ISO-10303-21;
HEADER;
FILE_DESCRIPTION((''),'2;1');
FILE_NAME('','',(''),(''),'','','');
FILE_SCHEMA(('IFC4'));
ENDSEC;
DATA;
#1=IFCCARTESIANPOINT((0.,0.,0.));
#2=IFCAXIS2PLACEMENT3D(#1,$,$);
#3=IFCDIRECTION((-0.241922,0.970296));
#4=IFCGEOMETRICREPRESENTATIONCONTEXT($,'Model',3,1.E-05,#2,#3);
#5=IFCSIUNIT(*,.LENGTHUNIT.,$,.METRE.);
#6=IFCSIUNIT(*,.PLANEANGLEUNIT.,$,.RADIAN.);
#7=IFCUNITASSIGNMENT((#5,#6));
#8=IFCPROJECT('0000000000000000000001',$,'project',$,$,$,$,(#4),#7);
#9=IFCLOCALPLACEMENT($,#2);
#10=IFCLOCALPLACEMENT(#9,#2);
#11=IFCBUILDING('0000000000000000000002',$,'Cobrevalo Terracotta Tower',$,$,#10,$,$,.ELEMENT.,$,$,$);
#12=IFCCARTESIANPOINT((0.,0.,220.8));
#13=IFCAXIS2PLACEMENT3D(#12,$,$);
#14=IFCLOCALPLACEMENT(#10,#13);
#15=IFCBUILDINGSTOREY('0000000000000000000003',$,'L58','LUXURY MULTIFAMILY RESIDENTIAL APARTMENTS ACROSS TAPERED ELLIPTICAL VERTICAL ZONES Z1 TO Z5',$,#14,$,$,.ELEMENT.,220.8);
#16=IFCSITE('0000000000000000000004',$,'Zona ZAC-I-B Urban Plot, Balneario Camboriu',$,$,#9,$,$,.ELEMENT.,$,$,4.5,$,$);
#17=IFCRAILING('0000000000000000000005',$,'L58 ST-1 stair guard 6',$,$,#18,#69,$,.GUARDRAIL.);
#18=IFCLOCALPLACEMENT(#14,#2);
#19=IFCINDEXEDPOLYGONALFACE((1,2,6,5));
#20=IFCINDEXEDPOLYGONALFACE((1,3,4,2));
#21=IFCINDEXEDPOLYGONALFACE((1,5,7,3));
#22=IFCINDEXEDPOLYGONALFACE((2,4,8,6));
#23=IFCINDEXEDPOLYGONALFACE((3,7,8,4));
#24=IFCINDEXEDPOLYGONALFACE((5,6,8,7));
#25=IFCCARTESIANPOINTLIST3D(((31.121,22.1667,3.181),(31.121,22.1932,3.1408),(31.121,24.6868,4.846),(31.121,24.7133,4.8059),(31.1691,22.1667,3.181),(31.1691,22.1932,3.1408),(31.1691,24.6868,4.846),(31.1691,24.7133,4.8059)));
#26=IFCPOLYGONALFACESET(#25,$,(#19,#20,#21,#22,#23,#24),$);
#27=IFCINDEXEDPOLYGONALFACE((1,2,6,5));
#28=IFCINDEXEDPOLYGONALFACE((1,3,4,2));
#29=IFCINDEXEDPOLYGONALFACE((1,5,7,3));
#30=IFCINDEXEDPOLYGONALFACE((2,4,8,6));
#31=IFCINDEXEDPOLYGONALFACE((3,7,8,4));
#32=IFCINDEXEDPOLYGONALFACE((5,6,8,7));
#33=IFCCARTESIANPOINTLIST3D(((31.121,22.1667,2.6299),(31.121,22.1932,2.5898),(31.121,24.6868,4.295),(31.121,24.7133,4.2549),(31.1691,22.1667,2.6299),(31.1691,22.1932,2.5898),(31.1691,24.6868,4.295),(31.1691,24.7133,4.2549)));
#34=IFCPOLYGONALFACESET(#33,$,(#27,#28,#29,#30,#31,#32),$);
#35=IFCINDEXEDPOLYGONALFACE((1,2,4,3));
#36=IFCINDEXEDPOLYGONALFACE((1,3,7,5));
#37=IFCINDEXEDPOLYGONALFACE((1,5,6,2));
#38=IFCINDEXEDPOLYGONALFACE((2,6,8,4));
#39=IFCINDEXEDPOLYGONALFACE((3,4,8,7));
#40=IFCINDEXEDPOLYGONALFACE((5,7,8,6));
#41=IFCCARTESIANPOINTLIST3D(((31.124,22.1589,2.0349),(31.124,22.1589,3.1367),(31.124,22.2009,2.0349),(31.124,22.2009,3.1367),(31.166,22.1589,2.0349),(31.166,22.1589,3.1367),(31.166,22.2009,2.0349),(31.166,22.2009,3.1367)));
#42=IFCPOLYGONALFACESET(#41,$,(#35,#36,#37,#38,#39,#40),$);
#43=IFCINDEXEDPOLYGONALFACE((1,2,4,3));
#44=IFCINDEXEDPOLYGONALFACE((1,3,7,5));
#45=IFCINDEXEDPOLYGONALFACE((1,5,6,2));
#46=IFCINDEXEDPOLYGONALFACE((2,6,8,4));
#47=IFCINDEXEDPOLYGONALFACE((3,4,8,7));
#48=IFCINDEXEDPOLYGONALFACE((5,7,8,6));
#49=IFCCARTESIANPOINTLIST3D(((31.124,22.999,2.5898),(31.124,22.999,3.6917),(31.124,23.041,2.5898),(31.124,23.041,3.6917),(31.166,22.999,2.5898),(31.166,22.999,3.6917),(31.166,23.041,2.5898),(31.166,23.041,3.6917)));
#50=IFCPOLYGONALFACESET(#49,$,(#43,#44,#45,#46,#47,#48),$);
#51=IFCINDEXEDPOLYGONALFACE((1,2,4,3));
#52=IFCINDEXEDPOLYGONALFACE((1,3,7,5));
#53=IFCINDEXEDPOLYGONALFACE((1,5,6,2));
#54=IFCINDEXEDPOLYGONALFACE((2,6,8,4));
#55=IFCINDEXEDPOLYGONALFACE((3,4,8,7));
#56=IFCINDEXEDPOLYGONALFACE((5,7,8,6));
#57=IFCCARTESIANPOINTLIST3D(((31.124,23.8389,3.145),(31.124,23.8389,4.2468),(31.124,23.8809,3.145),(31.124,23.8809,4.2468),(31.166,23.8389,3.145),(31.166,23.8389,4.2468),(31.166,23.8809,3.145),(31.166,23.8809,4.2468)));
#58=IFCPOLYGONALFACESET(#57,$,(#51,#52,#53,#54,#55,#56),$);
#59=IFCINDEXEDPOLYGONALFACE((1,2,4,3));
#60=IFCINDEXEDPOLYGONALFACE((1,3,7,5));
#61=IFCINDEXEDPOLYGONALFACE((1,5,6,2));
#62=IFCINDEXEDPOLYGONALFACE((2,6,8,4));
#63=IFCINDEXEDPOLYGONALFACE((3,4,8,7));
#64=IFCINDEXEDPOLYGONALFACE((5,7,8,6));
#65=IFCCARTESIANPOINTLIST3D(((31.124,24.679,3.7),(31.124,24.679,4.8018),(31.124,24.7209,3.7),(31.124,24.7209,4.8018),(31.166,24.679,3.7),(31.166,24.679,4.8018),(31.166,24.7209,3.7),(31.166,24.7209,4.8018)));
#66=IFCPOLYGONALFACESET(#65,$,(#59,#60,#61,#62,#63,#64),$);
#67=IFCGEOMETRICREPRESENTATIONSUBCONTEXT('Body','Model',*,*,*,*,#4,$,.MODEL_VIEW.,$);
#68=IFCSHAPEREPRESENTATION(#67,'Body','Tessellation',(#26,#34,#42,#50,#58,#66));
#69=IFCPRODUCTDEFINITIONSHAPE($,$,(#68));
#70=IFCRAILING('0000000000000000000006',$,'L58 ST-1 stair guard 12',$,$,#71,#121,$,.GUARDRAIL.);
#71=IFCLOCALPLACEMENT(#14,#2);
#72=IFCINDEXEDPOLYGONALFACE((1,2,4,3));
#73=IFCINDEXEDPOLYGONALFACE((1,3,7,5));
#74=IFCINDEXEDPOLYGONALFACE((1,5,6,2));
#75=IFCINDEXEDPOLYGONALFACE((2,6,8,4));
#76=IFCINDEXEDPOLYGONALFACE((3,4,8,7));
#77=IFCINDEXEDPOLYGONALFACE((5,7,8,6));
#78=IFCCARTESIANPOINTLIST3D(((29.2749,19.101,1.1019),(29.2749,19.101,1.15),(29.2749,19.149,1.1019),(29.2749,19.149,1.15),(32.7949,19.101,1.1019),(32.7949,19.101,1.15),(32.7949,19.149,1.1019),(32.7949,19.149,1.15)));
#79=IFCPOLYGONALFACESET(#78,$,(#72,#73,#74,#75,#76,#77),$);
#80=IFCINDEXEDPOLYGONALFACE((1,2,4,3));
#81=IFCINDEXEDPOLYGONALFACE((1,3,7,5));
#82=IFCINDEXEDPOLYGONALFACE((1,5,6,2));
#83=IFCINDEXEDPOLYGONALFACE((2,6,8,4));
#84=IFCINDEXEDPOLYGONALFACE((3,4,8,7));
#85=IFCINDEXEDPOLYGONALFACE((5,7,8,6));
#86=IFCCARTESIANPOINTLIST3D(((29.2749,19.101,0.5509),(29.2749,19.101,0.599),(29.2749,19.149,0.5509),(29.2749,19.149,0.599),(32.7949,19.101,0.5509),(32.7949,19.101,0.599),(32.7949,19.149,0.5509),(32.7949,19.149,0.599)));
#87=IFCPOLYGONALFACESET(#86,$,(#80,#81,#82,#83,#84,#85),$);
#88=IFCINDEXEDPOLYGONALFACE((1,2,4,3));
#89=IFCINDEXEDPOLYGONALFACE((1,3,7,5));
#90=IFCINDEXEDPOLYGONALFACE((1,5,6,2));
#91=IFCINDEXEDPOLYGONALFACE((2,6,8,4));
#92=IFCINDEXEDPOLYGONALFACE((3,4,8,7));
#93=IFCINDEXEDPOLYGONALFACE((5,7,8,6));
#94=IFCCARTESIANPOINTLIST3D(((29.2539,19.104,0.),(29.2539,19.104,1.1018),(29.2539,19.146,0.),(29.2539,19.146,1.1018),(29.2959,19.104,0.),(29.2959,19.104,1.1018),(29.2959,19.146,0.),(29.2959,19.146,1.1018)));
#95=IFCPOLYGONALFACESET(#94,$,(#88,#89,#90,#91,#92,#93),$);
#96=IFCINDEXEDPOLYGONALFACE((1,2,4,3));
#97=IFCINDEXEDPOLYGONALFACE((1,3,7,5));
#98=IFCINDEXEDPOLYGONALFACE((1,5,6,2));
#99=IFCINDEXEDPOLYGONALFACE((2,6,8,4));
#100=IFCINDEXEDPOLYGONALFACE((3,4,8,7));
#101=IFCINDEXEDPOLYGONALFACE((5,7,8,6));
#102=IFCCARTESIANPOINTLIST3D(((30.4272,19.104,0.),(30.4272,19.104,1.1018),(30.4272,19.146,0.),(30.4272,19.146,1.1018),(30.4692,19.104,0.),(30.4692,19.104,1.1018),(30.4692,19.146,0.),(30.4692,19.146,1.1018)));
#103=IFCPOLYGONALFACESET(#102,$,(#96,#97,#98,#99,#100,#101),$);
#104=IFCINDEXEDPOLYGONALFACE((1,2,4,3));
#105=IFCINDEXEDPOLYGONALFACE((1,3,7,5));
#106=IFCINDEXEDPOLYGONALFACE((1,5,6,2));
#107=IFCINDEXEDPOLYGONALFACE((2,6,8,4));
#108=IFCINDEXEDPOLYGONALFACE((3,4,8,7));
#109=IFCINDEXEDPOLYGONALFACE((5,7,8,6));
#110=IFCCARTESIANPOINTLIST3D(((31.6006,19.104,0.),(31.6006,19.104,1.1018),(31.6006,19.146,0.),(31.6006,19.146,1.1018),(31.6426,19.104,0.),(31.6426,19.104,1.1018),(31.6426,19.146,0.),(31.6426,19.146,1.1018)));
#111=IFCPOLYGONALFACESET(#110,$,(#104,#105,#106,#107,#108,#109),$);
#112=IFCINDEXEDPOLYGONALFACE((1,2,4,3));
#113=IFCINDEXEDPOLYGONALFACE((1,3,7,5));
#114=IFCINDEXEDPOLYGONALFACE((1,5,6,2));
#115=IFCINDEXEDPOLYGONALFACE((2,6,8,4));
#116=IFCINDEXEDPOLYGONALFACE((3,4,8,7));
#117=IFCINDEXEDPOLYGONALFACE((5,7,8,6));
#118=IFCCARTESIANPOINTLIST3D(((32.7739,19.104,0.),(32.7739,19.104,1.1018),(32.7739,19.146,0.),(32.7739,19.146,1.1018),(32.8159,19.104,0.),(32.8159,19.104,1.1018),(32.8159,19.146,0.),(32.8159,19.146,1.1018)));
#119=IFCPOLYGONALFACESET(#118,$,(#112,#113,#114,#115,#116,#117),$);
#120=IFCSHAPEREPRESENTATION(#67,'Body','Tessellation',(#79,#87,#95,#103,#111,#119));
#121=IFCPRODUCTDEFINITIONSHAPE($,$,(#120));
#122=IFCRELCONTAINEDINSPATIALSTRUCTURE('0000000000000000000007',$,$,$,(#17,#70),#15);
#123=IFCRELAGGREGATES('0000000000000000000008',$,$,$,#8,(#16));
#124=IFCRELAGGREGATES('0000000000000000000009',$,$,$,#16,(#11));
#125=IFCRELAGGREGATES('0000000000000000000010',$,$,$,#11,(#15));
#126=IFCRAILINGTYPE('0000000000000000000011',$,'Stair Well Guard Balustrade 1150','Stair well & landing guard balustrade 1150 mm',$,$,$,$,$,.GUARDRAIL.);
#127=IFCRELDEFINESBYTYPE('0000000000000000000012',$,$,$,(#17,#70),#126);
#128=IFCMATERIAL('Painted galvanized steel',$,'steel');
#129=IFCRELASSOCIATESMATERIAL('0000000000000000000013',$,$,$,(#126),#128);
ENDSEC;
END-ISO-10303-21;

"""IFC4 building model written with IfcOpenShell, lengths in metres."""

from ifc_helpers import new_model, si_unit, direction, frame, origin, origin_2d, place, context, subcontext, project, spatial, rectangle, extrude, material, type_object, element, save


model = new_model("IFC4")

# Units and contexts
model_context = context("Model", 3, precision=1e-05, world=origin(), true_north=direction((-0.241922, 0.970296)))
body_context = subcontext(model_context, "Body", "Model", "MODEL_VIEW")
ifc_project = project(units=[si_unit("LENGTHUNIT", "METRE"), si_unit("PLANEANGLEUNIT", "RADIAN")], contexts=[model_context])

# Site, building, storey
site_placement = place(None, origin())
site = spatial("IfcSite", under=ifc_project, at=site_placement, Name="Zona ZAC-I-B Urban Plot, Balneario Camboriu", CompositionType="ELEMENT", RefElevation=4.5)
building_placement = place(site_placement, origin())
building = spatial("IfcBuilding", under=site, at=building_placement, Name="Cobrevalo Terracotta Tower", CompositionType="ELEMENT")
storey_placement = place(building_placement, frame((0.0, 0.0, 220.8)))
storey = spatial("IfcBuildingStorey", under=building, at=storey_placement, Name="L58", Description="LUXURY MULTIFAMILY RESIDENTIAL APARTMENTS ACROSS TAPERED ELLIPTICAL VERTICAL ZONES Z1 TO Z5", CompositionType="ELEMENT", Elevation=220.8)

# Railings
ifc_material_1 = material(Name="Painted galvanized steel", Category="steel")
railing_type_1 = type_object("IfcRailingType", Name="Stair Well Guard Balustrade 1150", Description="Stair well & landing guard balustrade 1150 mm", PredefinedType="GUARDRAIL", material=ifc_material_1)
railing_1_placement = place(storey_placement, frame((31.145, 22.1799, 2.0349)))
element("IfcRailing", 1, at=railing_1_placement, inside=storey, type_object=railing_type_1, Name="L58 ST-1 stair guard 6", PredefinedType="GUARDRAIL", context=body_context, shape_type="SweptSolid", body=[
    extrude(rectangle(XDim=0.0481, YDim=0.0481, at=origin_2d()), frame((0.0, 0.0, 1.126), z_axis=(0.0, 0.834331, 0.551263), x_axis=(-1.0, 0.0, 0.0)), (0.0, 0.0, 1.0), 3.0205),
    extrude(rectangle(XDim=0.0481, YDim=0.0481, at=origin_2d()), frame((0.0, 0.0, 0.575), z_axis=(0.0, 0.834331, 0.551263), x_axis=(-1.0, 0.0, 0.0)), (0.0, 0.0, 1.0), 3.0205),
    extrude(rectangle(XDim=0.042, YDim=0.042, at=origin_2d()), origin(), (0.0, 0.0, 1.0), 1.1018),
    extrude(rectangle(XDim=0.042, YDim=0.042, at=origin_2d()), frame((0.0, 0.8401, 0.5549)), (0.0, 0.0, 1.0), 1.1018),
    extrude(rectangle(XDim=0.042, YDim=0.042, at=origin_2d()), frame((0.0, 1.6799, 1.1101)), (0.0, 0.0, 1.0), 1.1018),
    extrude(rectangle(XDim=0.042, YDim=0.042, at=origin_2d()), frame((0.0, 2.52, 1.665)), (0.0, 0.0, 1.0), 1.1018),
])
railing_2_placement = place(storey_placement, frame((29.2749, 19.125, 0.0)))
element("IfcRailing", 2, at=railing_2_placement, inside=storey, type_object=railing_type_1, Name="L58 ST-1 stair guard 12", PredefinedType="GUARDRAIL", context=body_context, shape_type="SweptSolid", body=[
    extrude(rectangle(XDim=0.0481, YDim=0.0481, at=origin_2d()), frame((0.0, 0.0, 1.126), z_axis=(1.0, 0.0, 0.0), x_axis=(0.0, 1.0, 0.0)), (0.0, 0.0, 1.0), 3.52),
    extrude(rectangle(XDim=0.0481, YDim=0.0481, at=origin_2d()), frame((0.0, 0.0, 0.575), z_axis=(1.0, 0.0, 0.0), x_axis=(0.0, 1.0, 0.0)), (0.0, 0.0, 1.0), 3.52),
    extrude(rectangle(XDim=0.042, YDim=0.042, at=origin_2d()), origin(), (0.0, 0.0, 1.0), 1.1018),
    extrude(rectangle(XDim=0.042, YDim=0.042, at=origin_2d()), frame((1.1733, 0.0, 0.0)), (0.0, 0.0, 1.0), 1.1018),
    extrude(rectangle(XDim=0.042, YDim=0.042, at=origin_2d()), frame((2.3467, 0.0, 0.0)), (0.0, 0.0, 1.0), 1.1018),
    extrude(rectangle(XDim=0.042, YDim=0.042, at=origin_2d()), frame((3.52, 0.0, 0.0)), (0.0, 0.0, 1.0), 1.1018),
])

save(model, "model.ifc")
